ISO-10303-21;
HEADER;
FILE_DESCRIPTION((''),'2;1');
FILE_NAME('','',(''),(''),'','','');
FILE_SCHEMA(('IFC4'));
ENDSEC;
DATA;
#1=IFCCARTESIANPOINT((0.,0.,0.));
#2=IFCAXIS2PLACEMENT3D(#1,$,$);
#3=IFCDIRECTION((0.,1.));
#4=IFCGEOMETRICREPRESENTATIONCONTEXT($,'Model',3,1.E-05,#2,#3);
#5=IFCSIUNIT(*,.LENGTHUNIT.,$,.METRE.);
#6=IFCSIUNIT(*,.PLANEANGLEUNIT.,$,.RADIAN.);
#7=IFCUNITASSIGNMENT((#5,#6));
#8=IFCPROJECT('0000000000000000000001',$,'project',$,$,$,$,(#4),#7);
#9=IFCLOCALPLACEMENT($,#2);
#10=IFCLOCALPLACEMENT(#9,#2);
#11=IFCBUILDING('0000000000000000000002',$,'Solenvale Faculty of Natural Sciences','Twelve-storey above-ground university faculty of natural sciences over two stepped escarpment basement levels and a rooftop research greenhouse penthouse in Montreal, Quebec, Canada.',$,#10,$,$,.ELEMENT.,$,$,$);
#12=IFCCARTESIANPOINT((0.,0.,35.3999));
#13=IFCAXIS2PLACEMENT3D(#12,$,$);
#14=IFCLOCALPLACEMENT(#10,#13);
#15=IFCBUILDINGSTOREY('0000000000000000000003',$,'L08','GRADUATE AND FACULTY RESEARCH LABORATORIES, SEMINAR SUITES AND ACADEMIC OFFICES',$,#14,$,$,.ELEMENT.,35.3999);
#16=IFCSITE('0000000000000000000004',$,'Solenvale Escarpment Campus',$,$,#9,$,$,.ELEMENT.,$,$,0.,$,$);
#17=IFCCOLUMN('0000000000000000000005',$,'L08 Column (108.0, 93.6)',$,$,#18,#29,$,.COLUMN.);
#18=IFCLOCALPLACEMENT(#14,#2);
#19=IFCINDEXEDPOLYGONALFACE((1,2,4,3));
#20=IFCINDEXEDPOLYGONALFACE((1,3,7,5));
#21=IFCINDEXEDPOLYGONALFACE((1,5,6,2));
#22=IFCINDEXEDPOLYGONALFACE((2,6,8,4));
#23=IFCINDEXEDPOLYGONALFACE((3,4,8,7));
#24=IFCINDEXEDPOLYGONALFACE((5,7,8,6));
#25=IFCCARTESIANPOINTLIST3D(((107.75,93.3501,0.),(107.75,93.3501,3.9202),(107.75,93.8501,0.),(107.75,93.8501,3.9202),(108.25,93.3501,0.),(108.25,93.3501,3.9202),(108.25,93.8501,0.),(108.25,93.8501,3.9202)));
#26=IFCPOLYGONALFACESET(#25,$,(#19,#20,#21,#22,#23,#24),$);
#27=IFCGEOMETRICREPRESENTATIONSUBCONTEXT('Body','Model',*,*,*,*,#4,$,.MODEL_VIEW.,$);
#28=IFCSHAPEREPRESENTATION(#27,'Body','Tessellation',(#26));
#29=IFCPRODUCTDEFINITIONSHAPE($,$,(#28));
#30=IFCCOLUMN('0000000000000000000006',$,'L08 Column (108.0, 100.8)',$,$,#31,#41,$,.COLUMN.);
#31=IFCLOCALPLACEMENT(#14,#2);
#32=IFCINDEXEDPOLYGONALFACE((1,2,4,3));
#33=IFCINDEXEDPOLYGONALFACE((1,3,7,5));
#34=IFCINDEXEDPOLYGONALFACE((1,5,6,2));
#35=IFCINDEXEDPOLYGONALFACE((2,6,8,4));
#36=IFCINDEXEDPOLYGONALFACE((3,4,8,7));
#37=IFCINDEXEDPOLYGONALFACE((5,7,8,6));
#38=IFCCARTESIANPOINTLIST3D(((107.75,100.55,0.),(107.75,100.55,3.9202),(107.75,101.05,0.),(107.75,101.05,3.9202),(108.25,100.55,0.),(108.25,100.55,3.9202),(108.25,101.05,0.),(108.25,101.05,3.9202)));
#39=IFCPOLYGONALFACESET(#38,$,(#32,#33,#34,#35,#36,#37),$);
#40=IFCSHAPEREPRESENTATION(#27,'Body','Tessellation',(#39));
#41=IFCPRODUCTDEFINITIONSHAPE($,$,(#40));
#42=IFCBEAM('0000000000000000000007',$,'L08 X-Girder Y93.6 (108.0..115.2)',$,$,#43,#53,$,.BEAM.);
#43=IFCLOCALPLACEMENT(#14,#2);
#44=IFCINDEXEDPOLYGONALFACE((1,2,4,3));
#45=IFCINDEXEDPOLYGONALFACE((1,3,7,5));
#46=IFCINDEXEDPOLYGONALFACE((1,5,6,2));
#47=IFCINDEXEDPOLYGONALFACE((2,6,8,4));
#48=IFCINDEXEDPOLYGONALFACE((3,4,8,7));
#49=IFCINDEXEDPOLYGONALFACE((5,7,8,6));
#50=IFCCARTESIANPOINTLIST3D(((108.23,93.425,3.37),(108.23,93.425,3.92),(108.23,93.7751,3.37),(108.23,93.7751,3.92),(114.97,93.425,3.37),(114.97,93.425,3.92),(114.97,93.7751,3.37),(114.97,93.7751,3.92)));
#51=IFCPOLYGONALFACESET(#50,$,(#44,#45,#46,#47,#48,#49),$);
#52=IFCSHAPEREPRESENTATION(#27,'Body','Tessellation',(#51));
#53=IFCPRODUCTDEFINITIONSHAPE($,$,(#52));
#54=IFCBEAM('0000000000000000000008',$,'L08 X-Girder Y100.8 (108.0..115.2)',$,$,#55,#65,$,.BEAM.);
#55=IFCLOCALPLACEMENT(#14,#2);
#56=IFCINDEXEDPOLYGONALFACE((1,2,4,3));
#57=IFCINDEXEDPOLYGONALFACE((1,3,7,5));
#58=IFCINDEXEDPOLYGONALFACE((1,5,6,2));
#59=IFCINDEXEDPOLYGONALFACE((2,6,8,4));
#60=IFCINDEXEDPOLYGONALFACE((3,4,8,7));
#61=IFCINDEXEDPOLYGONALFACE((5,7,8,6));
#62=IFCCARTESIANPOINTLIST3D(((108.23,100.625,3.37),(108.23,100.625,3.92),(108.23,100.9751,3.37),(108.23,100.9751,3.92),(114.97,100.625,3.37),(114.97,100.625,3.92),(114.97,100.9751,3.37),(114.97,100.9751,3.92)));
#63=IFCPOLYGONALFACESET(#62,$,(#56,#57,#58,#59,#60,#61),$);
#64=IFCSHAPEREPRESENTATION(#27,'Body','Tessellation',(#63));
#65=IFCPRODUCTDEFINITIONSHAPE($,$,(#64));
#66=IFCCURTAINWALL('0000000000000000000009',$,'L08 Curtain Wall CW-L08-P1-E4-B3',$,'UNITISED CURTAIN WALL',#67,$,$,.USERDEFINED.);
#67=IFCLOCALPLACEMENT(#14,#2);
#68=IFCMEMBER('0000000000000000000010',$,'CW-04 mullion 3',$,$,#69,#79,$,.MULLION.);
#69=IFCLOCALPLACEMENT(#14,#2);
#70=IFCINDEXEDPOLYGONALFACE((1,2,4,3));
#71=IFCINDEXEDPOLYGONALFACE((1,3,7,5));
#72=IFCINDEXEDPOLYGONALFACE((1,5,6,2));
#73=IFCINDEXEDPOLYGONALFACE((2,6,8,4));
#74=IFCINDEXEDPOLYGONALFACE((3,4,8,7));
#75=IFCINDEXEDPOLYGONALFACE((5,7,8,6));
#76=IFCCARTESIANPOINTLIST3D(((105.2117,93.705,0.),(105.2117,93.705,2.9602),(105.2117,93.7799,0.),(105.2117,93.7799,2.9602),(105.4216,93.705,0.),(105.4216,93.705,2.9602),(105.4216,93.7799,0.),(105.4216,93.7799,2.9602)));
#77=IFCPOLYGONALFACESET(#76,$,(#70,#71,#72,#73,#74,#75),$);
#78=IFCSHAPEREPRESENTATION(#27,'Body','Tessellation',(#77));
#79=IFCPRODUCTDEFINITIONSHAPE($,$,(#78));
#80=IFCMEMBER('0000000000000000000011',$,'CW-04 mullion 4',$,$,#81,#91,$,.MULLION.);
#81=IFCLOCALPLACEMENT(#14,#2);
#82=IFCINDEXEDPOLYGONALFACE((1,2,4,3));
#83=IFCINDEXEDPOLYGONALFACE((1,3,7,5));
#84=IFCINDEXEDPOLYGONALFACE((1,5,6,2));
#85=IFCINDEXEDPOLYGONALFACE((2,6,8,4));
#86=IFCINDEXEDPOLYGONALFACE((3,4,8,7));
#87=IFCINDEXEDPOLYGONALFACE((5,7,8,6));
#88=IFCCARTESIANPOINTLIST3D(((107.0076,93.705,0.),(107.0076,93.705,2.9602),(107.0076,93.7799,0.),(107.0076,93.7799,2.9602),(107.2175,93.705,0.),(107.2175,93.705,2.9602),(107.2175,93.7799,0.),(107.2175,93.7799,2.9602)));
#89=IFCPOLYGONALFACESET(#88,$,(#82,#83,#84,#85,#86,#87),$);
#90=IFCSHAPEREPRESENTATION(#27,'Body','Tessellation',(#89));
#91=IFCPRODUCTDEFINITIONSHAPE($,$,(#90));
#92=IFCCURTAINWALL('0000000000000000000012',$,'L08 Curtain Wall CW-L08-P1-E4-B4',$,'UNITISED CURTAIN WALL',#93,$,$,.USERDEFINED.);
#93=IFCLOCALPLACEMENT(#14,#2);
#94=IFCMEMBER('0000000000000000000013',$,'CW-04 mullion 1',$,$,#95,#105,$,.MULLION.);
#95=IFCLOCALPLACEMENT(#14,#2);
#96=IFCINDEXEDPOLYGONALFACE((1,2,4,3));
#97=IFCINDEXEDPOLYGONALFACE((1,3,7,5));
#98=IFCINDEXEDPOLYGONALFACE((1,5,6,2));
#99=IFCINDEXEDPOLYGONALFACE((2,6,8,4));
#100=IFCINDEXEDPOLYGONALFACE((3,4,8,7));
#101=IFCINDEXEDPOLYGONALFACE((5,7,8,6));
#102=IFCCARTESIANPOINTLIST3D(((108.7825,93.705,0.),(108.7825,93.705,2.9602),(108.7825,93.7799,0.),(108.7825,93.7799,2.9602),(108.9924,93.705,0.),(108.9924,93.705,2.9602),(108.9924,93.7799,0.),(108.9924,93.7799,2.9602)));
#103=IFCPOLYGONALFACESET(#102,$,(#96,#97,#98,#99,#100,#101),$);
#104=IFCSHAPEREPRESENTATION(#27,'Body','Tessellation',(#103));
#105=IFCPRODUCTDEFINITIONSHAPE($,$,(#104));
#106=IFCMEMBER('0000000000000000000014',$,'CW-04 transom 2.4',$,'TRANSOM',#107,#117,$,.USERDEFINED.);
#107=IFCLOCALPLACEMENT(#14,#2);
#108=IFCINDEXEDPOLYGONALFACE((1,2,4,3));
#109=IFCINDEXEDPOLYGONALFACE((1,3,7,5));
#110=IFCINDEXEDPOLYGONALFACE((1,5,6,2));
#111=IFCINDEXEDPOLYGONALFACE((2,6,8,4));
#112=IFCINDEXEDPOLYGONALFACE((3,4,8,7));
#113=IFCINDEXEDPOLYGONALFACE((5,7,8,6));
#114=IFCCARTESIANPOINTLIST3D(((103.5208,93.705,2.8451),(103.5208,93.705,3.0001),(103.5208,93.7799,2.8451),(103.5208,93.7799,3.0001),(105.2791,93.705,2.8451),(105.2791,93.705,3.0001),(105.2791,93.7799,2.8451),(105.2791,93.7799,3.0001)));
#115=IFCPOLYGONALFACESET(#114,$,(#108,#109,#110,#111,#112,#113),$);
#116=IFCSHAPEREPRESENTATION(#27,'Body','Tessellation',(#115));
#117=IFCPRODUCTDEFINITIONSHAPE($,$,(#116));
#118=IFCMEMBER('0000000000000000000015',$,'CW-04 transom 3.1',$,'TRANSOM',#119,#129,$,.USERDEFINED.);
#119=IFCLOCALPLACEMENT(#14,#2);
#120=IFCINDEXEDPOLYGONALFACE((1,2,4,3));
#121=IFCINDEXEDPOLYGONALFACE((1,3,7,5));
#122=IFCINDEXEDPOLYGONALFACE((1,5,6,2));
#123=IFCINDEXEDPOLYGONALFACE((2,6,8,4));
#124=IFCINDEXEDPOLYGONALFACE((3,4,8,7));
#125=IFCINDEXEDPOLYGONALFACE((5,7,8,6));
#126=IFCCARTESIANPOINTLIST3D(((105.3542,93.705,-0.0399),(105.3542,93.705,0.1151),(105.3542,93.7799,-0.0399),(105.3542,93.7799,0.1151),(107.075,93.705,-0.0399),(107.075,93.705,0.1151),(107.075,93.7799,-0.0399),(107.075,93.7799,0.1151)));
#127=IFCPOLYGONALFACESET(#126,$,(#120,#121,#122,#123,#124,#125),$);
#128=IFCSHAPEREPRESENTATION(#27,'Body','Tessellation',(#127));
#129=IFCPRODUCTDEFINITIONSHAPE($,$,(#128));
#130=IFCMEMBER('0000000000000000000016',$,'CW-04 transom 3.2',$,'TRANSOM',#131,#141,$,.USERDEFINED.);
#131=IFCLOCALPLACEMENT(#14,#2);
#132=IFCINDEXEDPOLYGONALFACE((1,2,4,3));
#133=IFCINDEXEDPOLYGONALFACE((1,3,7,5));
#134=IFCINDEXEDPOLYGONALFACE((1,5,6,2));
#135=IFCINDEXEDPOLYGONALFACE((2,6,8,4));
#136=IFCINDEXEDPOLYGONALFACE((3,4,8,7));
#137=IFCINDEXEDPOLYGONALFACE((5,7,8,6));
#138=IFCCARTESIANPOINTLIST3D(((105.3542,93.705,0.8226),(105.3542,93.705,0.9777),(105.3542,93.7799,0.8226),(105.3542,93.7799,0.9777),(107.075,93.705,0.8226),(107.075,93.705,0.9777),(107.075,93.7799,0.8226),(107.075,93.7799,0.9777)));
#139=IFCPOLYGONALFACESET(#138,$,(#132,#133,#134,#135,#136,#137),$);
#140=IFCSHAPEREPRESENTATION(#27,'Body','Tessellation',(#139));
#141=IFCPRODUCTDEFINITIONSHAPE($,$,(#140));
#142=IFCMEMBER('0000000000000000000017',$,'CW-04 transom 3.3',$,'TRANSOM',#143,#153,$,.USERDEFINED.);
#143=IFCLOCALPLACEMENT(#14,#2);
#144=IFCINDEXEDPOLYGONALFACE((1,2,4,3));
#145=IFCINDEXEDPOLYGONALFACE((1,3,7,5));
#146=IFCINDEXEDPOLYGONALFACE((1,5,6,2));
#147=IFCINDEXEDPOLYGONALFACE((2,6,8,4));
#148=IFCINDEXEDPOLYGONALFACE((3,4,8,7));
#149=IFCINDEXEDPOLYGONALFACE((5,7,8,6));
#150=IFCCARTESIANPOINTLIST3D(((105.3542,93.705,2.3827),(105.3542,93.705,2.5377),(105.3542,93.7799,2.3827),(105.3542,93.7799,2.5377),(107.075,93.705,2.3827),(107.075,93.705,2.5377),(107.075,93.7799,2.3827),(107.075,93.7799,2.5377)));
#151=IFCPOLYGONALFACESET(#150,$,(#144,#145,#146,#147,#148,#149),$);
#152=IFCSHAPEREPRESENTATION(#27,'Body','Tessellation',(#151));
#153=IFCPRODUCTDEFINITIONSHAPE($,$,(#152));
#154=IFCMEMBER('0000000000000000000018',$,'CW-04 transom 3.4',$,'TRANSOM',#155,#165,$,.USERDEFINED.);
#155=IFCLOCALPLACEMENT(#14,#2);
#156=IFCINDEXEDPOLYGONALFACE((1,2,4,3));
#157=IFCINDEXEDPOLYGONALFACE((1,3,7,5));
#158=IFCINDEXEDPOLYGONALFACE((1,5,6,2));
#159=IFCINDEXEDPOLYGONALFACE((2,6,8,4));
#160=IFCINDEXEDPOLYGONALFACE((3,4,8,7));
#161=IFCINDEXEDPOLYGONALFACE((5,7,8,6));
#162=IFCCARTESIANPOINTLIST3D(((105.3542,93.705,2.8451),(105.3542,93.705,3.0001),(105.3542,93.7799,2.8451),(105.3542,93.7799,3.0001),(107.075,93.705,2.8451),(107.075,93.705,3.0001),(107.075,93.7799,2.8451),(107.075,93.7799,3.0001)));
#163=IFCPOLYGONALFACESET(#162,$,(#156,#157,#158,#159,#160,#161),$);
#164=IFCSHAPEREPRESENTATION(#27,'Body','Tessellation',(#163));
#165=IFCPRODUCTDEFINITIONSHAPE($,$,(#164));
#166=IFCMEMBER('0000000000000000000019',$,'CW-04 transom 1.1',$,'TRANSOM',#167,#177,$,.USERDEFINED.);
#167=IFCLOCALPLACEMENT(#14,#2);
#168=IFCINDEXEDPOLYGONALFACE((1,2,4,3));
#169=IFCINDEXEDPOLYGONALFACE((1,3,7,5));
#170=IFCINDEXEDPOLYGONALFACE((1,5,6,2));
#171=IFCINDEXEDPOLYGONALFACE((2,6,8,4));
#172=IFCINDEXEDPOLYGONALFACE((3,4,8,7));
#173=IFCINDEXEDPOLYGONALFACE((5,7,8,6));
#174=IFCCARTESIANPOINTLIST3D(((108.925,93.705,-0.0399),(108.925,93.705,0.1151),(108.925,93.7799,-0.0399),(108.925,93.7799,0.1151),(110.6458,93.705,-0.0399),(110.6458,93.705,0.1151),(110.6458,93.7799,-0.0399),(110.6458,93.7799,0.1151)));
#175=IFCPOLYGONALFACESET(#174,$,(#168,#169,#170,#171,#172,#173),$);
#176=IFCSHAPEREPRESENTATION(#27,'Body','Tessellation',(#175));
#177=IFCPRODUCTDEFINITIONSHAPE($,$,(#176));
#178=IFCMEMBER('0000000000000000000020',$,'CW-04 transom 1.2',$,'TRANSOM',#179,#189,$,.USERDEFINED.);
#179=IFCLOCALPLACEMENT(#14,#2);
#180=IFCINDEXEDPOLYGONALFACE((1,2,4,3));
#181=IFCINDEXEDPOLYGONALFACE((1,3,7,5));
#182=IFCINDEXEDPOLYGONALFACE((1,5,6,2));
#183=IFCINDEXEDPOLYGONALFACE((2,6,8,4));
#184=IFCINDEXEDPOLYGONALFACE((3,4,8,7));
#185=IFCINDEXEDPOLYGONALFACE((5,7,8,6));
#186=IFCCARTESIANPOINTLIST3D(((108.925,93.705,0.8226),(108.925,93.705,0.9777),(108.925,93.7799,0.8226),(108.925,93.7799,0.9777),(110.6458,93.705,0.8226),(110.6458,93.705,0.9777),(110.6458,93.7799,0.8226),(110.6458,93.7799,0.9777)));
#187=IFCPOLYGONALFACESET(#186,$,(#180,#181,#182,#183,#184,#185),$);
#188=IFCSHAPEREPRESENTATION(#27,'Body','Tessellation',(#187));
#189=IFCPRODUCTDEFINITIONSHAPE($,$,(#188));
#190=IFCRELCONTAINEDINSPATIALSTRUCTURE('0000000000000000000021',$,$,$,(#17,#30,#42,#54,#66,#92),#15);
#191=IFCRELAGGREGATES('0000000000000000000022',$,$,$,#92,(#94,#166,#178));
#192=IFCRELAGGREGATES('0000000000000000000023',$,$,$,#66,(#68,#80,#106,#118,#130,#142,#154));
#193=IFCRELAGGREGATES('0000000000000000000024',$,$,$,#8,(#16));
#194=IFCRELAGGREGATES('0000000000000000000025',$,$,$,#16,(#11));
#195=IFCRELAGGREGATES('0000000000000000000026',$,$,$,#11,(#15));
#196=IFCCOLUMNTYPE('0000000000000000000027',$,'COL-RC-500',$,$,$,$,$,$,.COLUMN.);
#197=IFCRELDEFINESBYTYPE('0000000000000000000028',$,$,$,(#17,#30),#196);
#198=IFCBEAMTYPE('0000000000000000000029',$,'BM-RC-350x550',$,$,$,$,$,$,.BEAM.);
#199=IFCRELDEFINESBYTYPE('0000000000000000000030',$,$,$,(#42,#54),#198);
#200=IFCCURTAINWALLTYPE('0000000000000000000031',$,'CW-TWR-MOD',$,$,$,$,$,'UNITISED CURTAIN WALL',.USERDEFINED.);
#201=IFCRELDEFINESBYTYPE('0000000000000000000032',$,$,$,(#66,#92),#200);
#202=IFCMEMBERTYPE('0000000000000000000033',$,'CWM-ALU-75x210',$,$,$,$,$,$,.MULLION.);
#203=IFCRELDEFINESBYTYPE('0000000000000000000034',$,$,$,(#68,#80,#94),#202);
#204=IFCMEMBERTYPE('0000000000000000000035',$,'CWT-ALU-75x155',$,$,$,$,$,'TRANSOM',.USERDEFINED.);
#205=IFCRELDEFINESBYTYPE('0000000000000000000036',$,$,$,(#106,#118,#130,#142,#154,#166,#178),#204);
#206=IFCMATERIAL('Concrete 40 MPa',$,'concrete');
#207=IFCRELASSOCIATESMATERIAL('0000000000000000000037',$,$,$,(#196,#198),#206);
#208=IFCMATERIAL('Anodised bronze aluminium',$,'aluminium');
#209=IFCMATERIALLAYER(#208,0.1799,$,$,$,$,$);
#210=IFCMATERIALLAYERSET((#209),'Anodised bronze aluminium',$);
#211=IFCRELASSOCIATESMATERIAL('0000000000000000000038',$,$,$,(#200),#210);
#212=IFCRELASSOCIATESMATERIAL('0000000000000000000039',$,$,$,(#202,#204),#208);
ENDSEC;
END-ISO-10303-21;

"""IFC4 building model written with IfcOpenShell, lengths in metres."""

from ifc_helpers import new_model, si_unit, direction, frame, origin, origin_2d, place, context, subcontext, project, spatial, rectangle, extrude, material, layer, layer_set, material_profile, profile_set, type_object, element, aggregate, save


model = new_model("IFC4")

# Units and contexts
model_context = context("Model", 3, precision=1e-05, world=origin(), true_north=direction((0.0, 1.0)))
body_context = subcontext(model_context, "Body", "Model", "MODEL_VIEW")
ifc_project = project(units=[si_unit("LENGTHUNIT", "METRE"), si_unit("PLANEANGLEUNIT", "RADIAN")], contexts=[model_context])

# Site, building, storey
site_placement = place(None, origin())
site = spatial("IfcSite", under=ifc_project, at=site_placement, Name="Solenvale Escarpment Campus", CompositionType="ELEMENT", RefElevation=0.0)
building_placement = place(site_placement, origin())
building = spatial("IfcBuilding", under=site, at=building_placement, Name="Solenvale Faculty of Natural Sciences", Description="Twelve-storey above-ground university faculty of natural sciences over two stepped escarpment basement levels and a rooftop research greenhouse penthouse in Montreal, Quebec, Canada.", CompositionType="ELEMENT")
storey_placement = place(building_placement, frame((0.0, 0.0, 35.3999)))
storey = spatial("IfcBuildingStorey", under=building, at=storey_placement, Name="L08", Description="GRADUATE AND FACULTY RESEARCH LABORATORIES, SEMINAR SUITES AND ACADEMIC OFFICES", CompositionType="ELEMENT", Elevation=35.3999)

# Columns
ifc_material_1 = material(Name="Concrete 40 MPa", Category="concrete")
ifc_material_profile_1 = material_profile(ifc_material_1, rectangle(XDim=0.5, YDim=0.5, at=origin_2d()), Name="RC-COL-500x500")
ifc_profile_set_1 = profile_set([ifc_material_profile_1], Name="Concrete 40 MPa")
column_type = type_object("IfcColumnType", Name="COL-RC-500", PredefinedType="COLUMN", material=ifc_profile_set_1)
for number, where, z_axis, x_axis, name in (
    (1, (108.0, 93.6001, 0.0), (0.0, 0.0, 1.0), (1.0, 0.0, 0.0), "L08 Column (108.0, 93.6)"),
    (2, (108.0, 100.8, 0.0), (0.0, 0.0, 1.0), (1.0, 0.0, 0.0), "L08 Column (108.0, 100.8)"),
):
    element("IfcColumn", number, at=place(storey_placement, frame(where, z_axis=z_axis, x_axis=x_axis)), inside=storey, type_object=column_type, Name=name, PredefinedType="COLUMN", context=body_context, shape_type="SweptSolid", body=[
        extrude(rectangle(XDim=0.5, YDim=0.5, at=origin_2d()), origin(), (0.0, 0.0, 1.0), 3.9202),
    ])

# Beams
ifc_material_profile_2 = material_profile(ifc_material_1, rectangle(XDim=0.3501, YDim=0.55, at=origin_2d()), Name="RC-BM-350x550")
ifc_profile_set_2 = profile_set([ifc_material_profile_2], Name="Concrete 40 MPa")
beam_type = type_object("IfcBeamType", Name="BM-RC-350x550", PredefinedType="BEAM", material=ifc_profile_set_2)
for number, where, z_axis, x_axis, name in (
    (3, (108.23, 93.6001, 3.645), (1.0, 0.0, 0.0), (0.0, 1.0, 0.0), "L08 X-Girder Y93.6 (108.0..115.2)"),
    (4, (108.23, 100.8, 3.645), (1.0, 0.0, 0.0), (0.0, 1.0, 0.0), "L08 X-Girder Y100.8 (108.0..115.2)"),
):
    element("IfcBeam", number, at=place(storey_placement, frame(where, z_axis=z_axis, x_axis=x_axis)), inside=storey, type_object=beam_type, Name=name, PredefinedType="BEAM", context=body_context, shape_type="SweptSolid", body=[
        extrude(rectangle(XDim=0.3501, YDim=0.55, at=origin_2d()), origin(), (0.0, 0.0, 1.0), 6.74),
    ])

# Curtain wall, members
ifc_material_2 = material(Name="Anodised bronze aluminium", Category="aluminium")
ifc_layer_1 = layer(ifc_material_2, 0.1799)
ifc_layer_set_1 = layer_set([ifc_layer_1], Name="Anodised bronze aluminium")
curtain_wall_type = type_object("IfcCurtainWallType", Name="CW-TWR-MOD", ElementType="UNITISED CURTAIN WALL", PredefinedType="USERDEFINED", material=ifc_layer_set_1)
curtain_wall_1_placement = place(storey_placement, origin())
curtain_wall_1 = element("IfcCurtainWall", 5, at=curtain_wall_1_placement, inside=storey, type_object=curtain_wall_type, Name="L08 Curtain Wall CW-L08-P1-E4-B3", ObjectType="UNITISED CURTAIN WALL", PredefinedType="USERDEFINED")
ifc_material_profile_3 = material_profile(ifc_material_2, rectangle(XDim=0.075, YDim=0.21, at=origin_2d()), Name="ALU-MUL-75x210")
ifc_profile_set_3 = profile_set([ifc_material_profile_3], Name="Anodised bronze aluminium")
member_type_1 = type_object("IfcMemberType", Name="CWM-ALU-75x210", PredefinedType="MULLION", material=ifc_profile_set_3)
member_1_placement = place(storey_placement, frame((105.3167, 93.7424, 0.0), z_axis=(0.0, 0.0, 1.0), x_axis=(0.0, 1.0, 0.0)))
member_1 = element("IfcMember", 6, at=member_1_placement, type_object=member_type_1, Name="CW-04 mullion 3", PredefinedType="MULLION", context=body_context, shape_type="SweptSolid", body=[
    extrude(rectangle(XDim=0.075, YDim=0.21, at=origin_2d()), origin(), (0.0, 0.0, 1.0), 2.9602),
])
member_2_placement = place(storey_placement, frame((107.1125, 93.7424, 0.0), z_axis=(0.0, 0.0, 1.0), x_axis=(0.0, 1.0, 0.0)))
member_2 = element("IfcMember", 7, at=member_2_placement, type_object=member_type_1, Name="CW-04 mullion 4", PredefinedType="MULLION", context=body_context, shape_type="SweptSolid", body=[
    extrude(rectangle(XDim=0.075, YDim=0.21, at=origin_2d()), origin(), (0.0, 0.0, 1.0), 2.9602),
])

# Curtain wall, member
curtain_wall_2_placement = place(storey_placement, origin())
curtain_wall_2 = element("IfcCurtainWall", 8, at=curtain_wall_2_placement, inside=storey, type_object=curtain_wall_type, Name="L08 Curtain Wall CW-L08-P1-E4-B4", ObjectType="UNITISED CURTAIN WALL", PredefinedType="USERDEFINED")
member_3_placement = place(storey_placement, frame((108.8875, 93.7424, 0.0), z_axis=(0.0, 0.0, 1.0), x_axis=(0.0, 1.0, 0.0)))
member_3 = element("IfcMember", 9, at=member_3_placement, type_object=member_type_1, Name="CW-04 mullion 1", PredefinedType="MULLION", context=body_context, shape_type="SweptSolid", body=[
    extrude(rectangle(XDim=0.075, YDim=0.21, at=origin_2d()), origin(), (0.0, 0.0, 1.0), 2.9602),
])

# Members
ifc_material_profile_4 = material_profile(ifc_material_2, rectangle(XDim=0.075, YDim=0.155, at=origin_2d()), Name="ALU-TRN-75x155")
ifc_profile_set_4 = profile_set([ifc_material_profile_4], Name="Anodised bronze aluminium")
member_type_2 = type_object("IfcMemberType", Name="CWT-ALU-75x155", ElementType="TRANSOM", PredefinedType="USERDEFINED", material=ifc_profile_set_4)
member_4_placement = place(storey_placement, frame((103.5208, 93.7424, 2.9226), z_axis=(1.0, 0.0, 0.0), x_axis=(0.0, 1.0, 0.0)))
member_4 = element("IfcMember", 10, at=member_4_placement, type_object=member_type_2, Name="CW-04 transom 2.4", ObjectType="TRANSOM", PredefinedType="USERDEFINED", context=body_context, shape_type="SweptSolid", body=[
    extrude(rectangle(XDim=0.075, YDim=0.155, at=origin_2d()), origin(), (0.0, 0.0, 1.0), 1.7583),
])
member_5_placement = place(storey_placement, frame((105.3542, 93.7424, 0.0376), z_axis=(1.0, 0.0, 0.0), x_axis=(0.0, 1.0, 0.0)))
member_5 = element("IfcMember", 11, at=member_5_placement, type_object=member_type_2, Name="CW-04 transom 3.1", ObjectType="TRANSOM", PredefinedType="USERDEFINED", context=body_context, shape_type="SweptSolid", body=[
    extrude(rectangle(XDim=0.075, YDim=0.155, at=origin_2d()), origin(), (0.0, 0.0, 1.0), 1.7207),
])
member_6_placement = place(storey_placement, frame((105.3542, 93.7424, 0.9001), z_axis=(1.0, 0.0, 0.0), x_axis=(0.0, 1.0, 0.0)))
member_6 = element("IfcMember", 12, at=member_6_placement, type_object=member_type_2, Name="CW-04 transom 3.2", ObjectType="TRANSOM", PredefinedType="USERDEFINED", context=body_context, shape_type="SweptSolid", body=[
    extrude(rectangle(XDim=0.075, YDim=0.155, at=origin_2d()), origin(), (0.0, 0.0, 1.0), 1.7207),
])
member_7_placement = place(storey_placement, frame((105.3542, 93.7424, 2.4602), z_axis=(1.0, 0.0, 0.0), x_axis=(0.0, 1.0, 0.0)))
member_7 = element("IfcMember", 13, at=member_7_placement, type_object=member_type_2, Name="CW-04 transom 3.3", ObjectType="TRANSOM", PredefinedType="USERDEFINED", context=body_context, shape_type="SweptSolid", body=[
    extrude(rectangle(XDim=0.075, YDim=0.155, at=origin_2d()), origin(), (0.0, 0.0, 1.0), 1.7207),
])
member_8_placement = place(storey_placement, frame((105.3542, 93.7424, 2.9226), z_axis=(1.0, 0.0, 0.0), x_axis=(0.0, 1.0, 0.0)))
member_8 = element("IfcMember", 14, at=member_8_placement, type_object=member_type_2, Name="CW-04 transom 3.4", ObjectType="TRANSOM", PredefinedType="USERDEFINED", context=body_context, shape_type="SweptSolid", body=[
    extrude(rectangle(XDim=0.075, YDim=0.155, at=origin_2d()), origin(), (0.0, 0.0, 1.0), 1.7207),
])
member_9_placement = place(storey_placement, frame((108.925, 93.7424, 0.0376), z_axis=(1.0, 0.0, 0.0), x_axis=(0.0, 1.0, 0.0)))
member_9 = element("IfcMember", 15, at=member_9_placement, type_object=member_type_2, Name="CW-04 transom 1.1", ObjectType="TRANSOM", PredefinedType="USERDEFINED", context=body_context, shape_type="SweptSolid", body=[
    extrude(rectangle(XDim=0.075, YDim=0.155, at=origin_2d()), origin(), (0.0, 0.0, 1.0), 1.7207),
])
member_10_placement = place(storey_placement, frame((108.925, 93.7424, 0.9001), z_axis=(1.0, 0.0, 0.0), x_axis=(0.0, 1.0, 0.0)))
member_10 = element("IfcMember", 16, at=member_10_placement, type_object=member_type_2, Name="CW-04 transom 1.2", ObjectType="TRANSOM", PredefinedType="USERDEFINED", context=body_context, shape_type="SweptSolid", body=[
    extrude(rectangle(XDim=0.075, YDim=0.155, at=origin_2d()), origin(), (0.0, 0.0, 1.0), 1.7207),
])
aggregate(curtain_wall_2, [member_3, member_9, member_10])

aggregate(curtain_wall_1, [member_1, member_2, member_4, member_5, member_6, member_7, member_8])

save(model, "model.ifc")
